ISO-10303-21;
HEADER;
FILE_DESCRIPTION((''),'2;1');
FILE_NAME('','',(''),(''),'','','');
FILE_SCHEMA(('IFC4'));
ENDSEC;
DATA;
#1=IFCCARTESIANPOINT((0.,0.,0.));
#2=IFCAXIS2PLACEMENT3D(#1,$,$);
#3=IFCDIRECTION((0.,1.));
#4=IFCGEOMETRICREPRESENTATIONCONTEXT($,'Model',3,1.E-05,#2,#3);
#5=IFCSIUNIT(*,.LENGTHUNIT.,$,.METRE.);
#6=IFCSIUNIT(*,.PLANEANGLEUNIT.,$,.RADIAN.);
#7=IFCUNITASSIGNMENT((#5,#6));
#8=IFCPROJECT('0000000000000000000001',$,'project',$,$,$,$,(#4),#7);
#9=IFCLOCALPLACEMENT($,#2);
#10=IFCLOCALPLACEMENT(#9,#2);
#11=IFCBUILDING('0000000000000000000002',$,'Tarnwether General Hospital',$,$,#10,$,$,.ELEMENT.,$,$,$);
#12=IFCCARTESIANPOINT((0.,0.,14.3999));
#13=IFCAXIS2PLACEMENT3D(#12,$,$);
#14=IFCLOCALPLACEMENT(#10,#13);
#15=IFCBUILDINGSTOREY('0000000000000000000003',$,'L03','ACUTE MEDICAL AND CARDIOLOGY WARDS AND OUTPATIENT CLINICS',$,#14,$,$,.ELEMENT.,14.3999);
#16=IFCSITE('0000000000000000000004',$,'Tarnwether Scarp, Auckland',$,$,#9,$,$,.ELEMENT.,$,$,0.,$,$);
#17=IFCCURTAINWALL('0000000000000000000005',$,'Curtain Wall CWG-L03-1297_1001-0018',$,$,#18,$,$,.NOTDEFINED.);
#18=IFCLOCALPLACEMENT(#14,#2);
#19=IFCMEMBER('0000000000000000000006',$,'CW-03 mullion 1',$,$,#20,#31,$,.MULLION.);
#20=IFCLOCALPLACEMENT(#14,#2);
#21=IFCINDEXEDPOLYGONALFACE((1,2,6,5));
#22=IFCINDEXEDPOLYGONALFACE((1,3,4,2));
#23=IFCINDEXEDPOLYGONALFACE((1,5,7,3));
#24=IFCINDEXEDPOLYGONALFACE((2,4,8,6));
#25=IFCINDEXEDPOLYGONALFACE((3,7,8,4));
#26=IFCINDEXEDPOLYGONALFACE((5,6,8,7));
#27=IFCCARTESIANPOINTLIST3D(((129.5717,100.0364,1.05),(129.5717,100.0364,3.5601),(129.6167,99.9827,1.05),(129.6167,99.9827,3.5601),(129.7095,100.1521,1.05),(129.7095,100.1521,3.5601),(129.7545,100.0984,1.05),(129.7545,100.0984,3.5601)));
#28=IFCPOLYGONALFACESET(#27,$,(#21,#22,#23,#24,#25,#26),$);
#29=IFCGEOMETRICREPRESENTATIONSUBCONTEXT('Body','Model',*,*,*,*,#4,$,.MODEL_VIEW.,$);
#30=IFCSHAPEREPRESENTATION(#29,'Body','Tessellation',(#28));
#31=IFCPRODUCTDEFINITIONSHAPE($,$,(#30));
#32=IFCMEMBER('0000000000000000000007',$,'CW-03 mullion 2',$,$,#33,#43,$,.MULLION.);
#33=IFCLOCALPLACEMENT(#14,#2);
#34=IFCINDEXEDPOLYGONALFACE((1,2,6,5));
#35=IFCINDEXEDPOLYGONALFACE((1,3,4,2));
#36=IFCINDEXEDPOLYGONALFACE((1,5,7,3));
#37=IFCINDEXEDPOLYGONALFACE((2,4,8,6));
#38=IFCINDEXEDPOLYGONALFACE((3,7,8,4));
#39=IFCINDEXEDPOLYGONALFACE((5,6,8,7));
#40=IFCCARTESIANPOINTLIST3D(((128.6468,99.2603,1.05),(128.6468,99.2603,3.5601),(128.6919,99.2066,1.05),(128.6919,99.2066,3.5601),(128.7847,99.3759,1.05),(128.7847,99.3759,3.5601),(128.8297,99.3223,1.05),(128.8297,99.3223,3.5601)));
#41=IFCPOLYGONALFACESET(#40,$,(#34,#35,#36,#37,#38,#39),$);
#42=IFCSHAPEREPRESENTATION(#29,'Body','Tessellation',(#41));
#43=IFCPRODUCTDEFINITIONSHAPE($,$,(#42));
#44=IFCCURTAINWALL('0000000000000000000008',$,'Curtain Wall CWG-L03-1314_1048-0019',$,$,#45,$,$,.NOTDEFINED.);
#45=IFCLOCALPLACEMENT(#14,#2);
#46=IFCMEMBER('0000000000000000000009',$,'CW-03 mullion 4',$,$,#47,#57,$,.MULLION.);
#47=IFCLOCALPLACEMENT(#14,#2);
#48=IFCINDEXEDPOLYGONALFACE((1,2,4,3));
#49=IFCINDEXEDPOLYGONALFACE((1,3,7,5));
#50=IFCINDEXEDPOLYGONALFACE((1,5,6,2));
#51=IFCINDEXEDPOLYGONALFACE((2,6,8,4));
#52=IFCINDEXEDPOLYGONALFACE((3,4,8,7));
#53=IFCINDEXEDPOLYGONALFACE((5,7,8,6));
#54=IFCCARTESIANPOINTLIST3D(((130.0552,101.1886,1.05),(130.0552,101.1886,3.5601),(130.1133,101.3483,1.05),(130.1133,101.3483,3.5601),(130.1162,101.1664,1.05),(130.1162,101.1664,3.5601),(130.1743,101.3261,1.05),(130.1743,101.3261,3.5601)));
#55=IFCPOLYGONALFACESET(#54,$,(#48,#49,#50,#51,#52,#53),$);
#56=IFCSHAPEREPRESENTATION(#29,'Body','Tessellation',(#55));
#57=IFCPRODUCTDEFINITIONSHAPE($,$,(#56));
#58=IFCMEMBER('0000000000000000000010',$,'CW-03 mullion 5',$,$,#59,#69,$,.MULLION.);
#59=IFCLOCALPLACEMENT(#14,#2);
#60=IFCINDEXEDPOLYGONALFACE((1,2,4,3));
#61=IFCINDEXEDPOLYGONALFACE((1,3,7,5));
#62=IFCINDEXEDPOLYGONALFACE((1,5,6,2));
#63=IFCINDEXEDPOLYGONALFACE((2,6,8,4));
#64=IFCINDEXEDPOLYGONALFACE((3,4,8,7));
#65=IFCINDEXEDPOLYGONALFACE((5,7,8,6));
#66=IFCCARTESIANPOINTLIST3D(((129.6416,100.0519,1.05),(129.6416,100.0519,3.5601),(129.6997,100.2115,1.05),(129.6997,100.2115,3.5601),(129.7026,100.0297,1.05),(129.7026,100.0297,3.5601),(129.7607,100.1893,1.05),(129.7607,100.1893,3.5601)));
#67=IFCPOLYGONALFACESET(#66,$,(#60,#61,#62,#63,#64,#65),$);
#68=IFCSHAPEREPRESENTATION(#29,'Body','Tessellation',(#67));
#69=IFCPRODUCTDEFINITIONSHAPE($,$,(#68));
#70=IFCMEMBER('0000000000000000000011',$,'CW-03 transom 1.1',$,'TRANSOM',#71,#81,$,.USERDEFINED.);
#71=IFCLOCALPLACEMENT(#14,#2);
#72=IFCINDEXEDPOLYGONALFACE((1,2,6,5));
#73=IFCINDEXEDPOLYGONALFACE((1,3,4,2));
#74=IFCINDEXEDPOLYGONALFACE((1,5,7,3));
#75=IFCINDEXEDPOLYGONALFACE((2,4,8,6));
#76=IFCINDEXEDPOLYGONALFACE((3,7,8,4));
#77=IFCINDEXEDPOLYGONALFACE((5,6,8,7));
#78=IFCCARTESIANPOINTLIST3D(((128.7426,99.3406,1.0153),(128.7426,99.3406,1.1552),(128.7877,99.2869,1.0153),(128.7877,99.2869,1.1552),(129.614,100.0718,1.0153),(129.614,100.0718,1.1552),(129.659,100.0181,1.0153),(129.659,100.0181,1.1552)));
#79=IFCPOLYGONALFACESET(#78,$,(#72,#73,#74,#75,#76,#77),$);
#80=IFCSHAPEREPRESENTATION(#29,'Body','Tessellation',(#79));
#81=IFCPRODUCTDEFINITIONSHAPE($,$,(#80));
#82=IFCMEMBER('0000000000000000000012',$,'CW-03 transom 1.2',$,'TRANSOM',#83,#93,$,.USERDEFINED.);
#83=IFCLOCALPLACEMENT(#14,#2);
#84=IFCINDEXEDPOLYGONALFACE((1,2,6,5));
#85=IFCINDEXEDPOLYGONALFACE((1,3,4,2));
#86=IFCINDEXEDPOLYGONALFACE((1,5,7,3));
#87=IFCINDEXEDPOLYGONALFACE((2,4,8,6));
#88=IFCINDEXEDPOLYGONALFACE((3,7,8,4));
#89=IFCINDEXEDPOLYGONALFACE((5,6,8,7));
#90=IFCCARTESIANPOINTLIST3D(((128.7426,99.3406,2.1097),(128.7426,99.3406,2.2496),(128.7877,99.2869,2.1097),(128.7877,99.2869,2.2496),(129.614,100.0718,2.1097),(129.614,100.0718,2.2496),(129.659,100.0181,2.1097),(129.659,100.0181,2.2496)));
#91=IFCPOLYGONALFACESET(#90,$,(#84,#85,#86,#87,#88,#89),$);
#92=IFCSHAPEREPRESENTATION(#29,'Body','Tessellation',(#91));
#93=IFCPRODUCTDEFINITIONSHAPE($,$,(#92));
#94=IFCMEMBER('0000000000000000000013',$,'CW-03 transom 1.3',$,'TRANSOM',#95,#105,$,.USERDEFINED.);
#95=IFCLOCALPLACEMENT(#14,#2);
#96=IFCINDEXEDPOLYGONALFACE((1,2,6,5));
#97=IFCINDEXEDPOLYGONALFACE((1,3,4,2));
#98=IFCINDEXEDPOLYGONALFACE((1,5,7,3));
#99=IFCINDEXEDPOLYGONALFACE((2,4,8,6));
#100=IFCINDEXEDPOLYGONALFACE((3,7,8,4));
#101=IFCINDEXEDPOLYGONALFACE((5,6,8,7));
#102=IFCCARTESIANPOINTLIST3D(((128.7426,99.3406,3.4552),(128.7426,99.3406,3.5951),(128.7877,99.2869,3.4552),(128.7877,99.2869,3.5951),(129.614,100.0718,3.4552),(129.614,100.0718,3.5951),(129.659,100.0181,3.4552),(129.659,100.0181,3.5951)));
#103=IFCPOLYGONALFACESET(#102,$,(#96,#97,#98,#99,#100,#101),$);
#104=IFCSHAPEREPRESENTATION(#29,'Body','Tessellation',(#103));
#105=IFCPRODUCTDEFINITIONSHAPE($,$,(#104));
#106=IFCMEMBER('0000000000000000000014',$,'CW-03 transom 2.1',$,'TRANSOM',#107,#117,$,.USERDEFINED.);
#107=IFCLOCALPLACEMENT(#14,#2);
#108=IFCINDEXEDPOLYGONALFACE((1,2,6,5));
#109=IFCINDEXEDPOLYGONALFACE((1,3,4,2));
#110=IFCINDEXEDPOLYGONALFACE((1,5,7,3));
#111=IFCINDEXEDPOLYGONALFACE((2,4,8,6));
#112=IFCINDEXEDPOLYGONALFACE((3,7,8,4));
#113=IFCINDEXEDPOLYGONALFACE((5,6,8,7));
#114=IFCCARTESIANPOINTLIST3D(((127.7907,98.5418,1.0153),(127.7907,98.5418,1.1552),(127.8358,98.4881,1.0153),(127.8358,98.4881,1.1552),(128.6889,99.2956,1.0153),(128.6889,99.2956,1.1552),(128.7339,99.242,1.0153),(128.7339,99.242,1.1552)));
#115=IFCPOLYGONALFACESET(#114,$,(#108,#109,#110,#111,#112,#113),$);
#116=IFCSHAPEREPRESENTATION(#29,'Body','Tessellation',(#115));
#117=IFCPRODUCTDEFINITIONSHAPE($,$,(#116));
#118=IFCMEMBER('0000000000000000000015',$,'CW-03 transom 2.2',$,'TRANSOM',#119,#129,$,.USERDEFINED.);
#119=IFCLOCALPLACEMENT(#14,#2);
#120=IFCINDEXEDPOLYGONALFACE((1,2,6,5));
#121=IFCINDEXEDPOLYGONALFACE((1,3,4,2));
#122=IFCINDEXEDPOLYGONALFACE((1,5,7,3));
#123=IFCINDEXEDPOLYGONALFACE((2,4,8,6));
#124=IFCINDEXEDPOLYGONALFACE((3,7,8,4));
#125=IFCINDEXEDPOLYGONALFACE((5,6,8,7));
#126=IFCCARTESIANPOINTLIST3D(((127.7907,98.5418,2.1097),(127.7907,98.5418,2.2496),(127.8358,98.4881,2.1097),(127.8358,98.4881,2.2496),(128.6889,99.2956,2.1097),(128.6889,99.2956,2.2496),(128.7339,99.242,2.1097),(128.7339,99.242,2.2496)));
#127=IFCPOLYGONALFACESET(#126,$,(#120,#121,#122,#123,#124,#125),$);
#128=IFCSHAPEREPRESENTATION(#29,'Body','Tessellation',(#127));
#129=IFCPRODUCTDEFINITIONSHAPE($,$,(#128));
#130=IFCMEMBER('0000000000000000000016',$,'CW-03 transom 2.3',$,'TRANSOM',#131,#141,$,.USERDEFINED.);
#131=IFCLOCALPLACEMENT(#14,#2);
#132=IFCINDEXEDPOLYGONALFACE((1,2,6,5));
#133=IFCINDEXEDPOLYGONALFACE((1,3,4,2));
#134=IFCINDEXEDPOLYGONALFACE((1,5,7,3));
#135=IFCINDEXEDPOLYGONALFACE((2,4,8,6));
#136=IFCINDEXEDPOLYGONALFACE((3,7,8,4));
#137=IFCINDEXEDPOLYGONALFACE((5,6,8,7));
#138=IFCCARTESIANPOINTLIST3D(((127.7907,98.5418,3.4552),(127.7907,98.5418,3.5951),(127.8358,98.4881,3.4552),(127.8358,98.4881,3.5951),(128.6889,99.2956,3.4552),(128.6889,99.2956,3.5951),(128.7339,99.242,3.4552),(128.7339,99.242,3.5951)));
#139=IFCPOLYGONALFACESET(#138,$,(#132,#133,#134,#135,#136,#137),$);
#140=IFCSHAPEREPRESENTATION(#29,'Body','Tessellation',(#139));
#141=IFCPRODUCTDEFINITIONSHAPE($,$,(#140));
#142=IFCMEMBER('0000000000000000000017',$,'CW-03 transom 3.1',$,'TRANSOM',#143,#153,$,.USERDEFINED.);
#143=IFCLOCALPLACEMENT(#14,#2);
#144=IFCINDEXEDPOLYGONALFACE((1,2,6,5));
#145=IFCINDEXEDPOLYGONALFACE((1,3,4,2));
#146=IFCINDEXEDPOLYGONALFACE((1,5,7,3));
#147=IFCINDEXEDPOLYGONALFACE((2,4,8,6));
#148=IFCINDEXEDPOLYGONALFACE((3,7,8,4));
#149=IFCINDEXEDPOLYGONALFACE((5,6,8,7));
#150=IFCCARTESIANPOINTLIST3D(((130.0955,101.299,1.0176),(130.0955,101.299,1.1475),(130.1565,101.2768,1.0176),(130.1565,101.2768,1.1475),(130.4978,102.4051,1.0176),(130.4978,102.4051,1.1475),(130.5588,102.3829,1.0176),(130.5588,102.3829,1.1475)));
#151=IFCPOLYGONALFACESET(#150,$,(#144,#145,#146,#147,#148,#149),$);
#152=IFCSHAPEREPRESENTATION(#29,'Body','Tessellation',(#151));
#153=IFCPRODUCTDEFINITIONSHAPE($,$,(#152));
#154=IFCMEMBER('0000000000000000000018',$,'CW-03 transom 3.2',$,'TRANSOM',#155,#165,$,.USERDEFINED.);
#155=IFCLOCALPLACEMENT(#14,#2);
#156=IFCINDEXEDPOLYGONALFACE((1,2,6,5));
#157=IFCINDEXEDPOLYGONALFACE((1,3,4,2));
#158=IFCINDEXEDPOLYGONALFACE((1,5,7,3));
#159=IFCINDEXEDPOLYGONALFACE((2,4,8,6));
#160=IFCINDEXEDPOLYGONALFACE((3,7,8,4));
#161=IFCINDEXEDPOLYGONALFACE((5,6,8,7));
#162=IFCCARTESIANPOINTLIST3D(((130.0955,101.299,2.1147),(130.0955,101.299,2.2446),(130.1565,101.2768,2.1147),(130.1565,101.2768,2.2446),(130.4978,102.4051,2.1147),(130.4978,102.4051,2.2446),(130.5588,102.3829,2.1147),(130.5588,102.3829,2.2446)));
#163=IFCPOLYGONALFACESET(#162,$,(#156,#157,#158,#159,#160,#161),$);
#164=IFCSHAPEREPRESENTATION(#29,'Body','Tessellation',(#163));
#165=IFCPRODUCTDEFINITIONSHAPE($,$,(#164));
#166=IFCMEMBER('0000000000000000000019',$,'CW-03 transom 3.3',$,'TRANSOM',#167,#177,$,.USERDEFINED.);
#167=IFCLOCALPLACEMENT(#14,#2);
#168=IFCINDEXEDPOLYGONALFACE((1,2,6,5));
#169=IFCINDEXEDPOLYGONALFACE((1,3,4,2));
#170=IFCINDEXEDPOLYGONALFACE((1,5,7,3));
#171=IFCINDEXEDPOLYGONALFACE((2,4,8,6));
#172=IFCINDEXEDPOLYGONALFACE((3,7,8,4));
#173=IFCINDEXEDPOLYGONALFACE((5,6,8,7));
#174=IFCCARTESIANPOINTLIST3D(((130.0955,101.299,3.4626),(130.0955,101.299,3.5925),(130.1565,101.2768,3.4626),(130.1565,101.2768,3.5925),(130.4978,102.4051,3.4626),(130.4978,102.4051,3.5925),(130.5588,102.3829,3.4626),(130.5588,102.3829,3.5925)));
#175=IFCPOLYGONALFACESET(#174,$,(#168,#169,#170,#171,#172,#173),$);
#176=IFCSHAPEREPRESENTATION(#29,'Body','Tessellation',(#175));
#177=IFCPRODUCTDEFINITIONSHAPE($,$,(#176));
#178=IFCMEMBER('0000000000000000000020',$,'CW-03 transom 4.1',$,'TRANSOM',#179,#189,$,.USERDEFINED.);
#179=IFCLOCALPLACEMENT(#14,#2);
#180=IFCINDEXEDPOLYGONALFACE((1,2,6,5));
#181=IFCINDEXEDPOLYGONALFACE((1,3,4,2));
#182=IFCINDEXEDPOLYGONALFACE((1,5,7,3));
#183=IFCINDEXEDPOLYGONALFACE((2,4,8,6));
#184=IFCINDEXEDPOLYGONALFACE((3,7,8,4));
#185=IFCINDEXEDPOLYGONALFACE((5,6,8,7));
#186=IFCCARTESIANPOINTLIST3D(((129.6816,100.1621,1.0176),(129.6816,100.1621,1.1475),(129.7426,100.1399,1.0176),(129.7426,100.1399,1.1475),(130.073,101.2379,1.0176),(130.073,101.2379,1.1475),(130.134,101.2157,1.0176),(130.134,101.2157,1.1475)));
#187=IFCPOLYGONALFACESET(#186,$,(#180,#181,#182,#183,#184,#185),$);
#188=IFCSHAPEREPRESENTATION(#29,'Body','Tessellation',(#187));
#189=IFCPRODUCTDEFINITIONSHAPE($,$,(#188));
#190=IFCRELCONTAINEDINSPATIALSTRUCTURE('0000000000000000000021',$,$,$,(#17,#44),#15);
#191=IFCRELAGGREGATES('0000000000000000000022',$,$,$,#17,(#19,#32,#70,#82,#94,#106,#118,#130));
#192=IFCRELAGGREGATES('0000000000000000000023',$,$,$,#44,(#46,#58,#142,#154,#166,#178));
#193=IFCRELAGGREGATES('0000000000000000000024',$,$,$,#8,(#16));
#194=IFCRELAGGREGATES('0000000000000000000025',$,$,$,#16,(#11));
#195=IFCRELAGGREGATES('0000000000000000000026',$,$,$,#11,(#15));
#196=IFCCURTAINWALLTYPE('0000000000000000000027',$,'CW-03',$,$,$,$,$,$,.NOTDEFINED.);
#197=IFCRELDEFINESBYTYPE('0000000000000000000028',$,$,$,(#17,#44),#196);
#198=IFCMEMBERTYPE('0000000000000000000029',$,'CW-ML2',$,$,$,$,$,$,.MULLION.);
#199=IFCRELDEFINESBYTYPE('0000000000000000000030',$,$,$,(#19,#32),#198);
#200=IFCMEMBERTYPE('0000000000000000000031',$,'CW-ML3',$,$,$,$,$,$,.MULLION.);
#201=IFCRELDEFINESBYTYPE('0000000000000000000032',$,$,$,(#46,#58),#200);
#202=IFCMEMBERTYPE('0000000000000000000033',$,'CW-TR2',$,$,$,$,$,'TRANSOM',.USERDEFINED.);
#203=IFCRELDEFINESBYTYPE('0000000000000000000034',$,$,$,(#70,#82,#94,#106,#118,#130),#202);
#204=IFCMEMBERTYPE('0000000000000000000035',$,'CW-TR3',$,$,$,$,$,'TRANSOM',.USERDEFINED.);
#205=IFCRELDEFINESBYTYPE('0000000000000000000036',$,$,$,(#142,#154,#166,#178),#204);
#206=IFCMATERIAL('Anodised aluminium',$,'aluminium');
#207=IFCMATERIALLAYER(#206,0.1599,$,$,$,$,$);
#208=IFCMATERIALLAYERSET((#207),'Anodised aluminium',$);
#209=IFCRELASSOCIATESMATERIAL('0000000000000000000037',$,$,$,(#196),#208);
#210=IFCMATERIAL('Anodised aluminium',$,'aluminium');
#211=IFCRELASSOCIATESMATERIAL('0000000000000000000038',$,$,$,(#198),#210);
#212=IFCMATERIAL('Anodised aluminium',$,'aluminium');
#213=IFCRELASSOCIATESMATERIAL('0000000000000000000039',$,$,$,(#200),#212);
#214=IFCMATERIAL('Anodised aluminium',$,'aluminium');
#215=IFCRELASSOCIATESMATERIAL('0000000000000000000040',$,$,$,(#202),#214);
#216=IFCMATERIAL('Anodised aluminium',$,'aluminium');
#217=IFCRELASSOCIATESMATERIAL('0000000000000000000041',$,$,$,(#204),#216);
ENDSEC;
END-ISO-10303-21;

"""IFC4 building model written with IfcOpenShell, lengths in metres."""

from ifc_helpers import new_model, si_unit, direction, frame, origin, origin_2d, place, context, subcontext, project, spatial, rectangle, extrude, material, layer, layer_set, material_profile, profile_set, type_object, element, aggregate, save


model = new_model("IFC4")

# Units and contexts
model_context = context("Model", 3, precision=1e-05, world=origin(), true_north=direction((0.0, 1.0)))
body_context = subcontext(model_context, "Body", "Model", "MODEL_VIEW")
ifc_project = project(units=[si_unit("LENGTHUNIT", "METRE"), si_unit("PLANEANGLEUNIT", "RADIAN")], contexts=[model_context])

# Site, building, storey
site_placement = place(None, origin())
site = spatial("IfcSite", under=ifc_project, at=site_placement, Name="Tarnwether Scarp, Auckland", CompositionType="ELEMENT", RefElevation=0.0)
building_placement = place(site_placement, origin())
building = spatial("IfcBuilding", under=site, at=building_placement, Name="Tarnwether General Hospital", CompositionType="ELEMENT")
storey_placement = place(building_placement, frame((0.0, 0.0, 14.3999)))
storey = spatial("IfcBuildingStorey", under=building, at=storey_placement, Name="L03", Description="ACUTE MEDICAL AND CARDIOLOGY WARDS AND OUTPATIENT CLINICS", CompositionType="ELEMENT", Elevation=14.3999)

# Curtain walls, members
ifc_material_1 = material(Name="Anodised aluminium", Category="aluminium")
ifc_layer_1 = layer(ifc_material_1, 0.1599)
ifc_layer_set_1 = layer_set([ifc_layer_1], Name="Anodised aluminium")
curtain_wall_type = type_object("IfcCurtainWallType", Name="CW-03", PredefinedType="NOTDEFINED", material=ifc_layer_set_1)
curtain_wall_1_placement = place(storey_placement, origin())
curtain_wall_1 = element("IfcCurtainWall", 1, at=curtain_wall_1_placement, inside=storey, type_object=curtain_wall_type, Name="Curtain Wall CWG-L03-1297_1001-0018", PredefinedType="NOTDEFINED")
ifc_material_2 = material(Name="Anodised aluminium", Category="aluminium")
ifc_material_profile_1 = material_profile(ifc_material_2, rectangle(XDim=0.0701, YDim=0.1799, at=origin_2d()), Name="ALU-MUL-70x180")
ifc_profile_set_1 = profile_set([ifc_material_profile_1], Name="Anodised aluminium")
member_type_1 = type_object("IfcMemberType", Name="CW-ML2", PredefinedType="MULLION", material=ifc_profile_set_1)
member_1_placement = place(storey_placement, frame((129.6631, 100.0674, 1.05), z_axis=(0.0, 0.0, 1.0), x_axis=(0.642852, -0.76599, 0.0)))
member_1 = element("IfcMember", 2, at=member_1_placement, type_object=member_type_1, Name="CW-03 mullion 1", PredefinedType="MULLION", context=body_context, shape_type="SweptSolid", body=[
    extrude(rectangle(XDim=0.0701, YDim=0.1799, at=origin_2d()), origin(), (0.0, 0.0, 1.0), 2.51),
])
member_2_placement = place(storey_placement, frame((128.7383, 99.2913, 1.05), z_axis=(0.0, 0.0, 1.0), x_axis=(0.642852, -0.76599, 0.0)))
member_2 = element("IfcMember", 3, at=member_2_placement, type_object=member_type_1, Name="CW-03 mullion 2", PredefinedType="MULLION", context=body_context, shape_type="SweptSolid", body=[
    extrude(rectangle(XDim=0.0701, YDim=0.1799, at=origin_2d()), origin(), (0.0, 0.0, 1.0), 2.51),
])
curtain_wall_2_placement = place(storey_placement, origin())
curtain_wall_2 = element("IfcCurtainWall", 4, at=curtain_wall_2_placement, inside=storey, type_object=curtain_wall_type, Name="Curtain Wall CWG-L03-1314_1048-0019", PredefinedType="NOTDEFINED")
ifc_material_3 = material(Name="Anodised aluminium", Category="aluminium")
ifc_material_profile_2 = material_profile(ifc_material_3, rectangle(XDim=0.0649, YDim=0.1699, at=origin_2d()), Name="ALU-MUL-65x170")
ifc_profile_set_2 = profile_set([ifc_material_profile_2], Name="Anodised aluminium")
member_type_2 = type_object("IfcMemberType", Name="CW-ML3", PredefinedType="MULLION", material=ifc_profile_set_2)
member_3_placement = place(storey_placement, frame((130.1147, 101.2573, 1.05), z_axis=(0.0, 0.0, 1.0), x_axis=(0.939717, -0.341953, 0.0)))
member_3 = element("IfcMember", 5, at=member_3_placement, type_object=member_type_2, Name="CW-03 mullion 4", PredefinedType="MULLION", context=body_context, shape_type="SweptSolid", body=[
    extrude(rectangle(XDim=0.0649, YDim=0.1699, at=origin_2d()), origin(), (0.0, 0.0, 1.0), 2.51),
])
member_4_placement = place(storey_placement, frame((129.7012, 100.1206, 1.05), z_axis=(0.0, 0.0, 1.0), x_axis=(0.939717, -0.341953, 0.0)))
member_4 = element("IfcMember", 6, at=member_4_placement, type_object=member_type_2, Name="CW-03 mullion 5", PredefinedType="MULLION", context=body_context, shape_type="SweptSolid", body=[
    extrude(rectangle(XDim=0.0649, YDim=0.1699, at=origin_2d()), origin(), (0.0, 0.0, 1.0), 2.51),
])

# Members
ifc_material_4 = material(Name="Anodised aluminium", Category="aluminium")
ifc_material_profile_3 = material_profile(ifc_material_4, rectangle(XDim=0.0701, YDim=0.1399, at=origin_2d()), Name="ALU-TRN-70x140")
ifc_profile_set_3 = profile_set([ifc_material_profile_3], Name="Anodised aluminium")
member_type_3 = type_object("IfcMemberType", Name="CW-TR2", ElementType="TRANSOM", PredefinedType="USERDEFINED", material=ifc_profile_set_3)
member_5_placement = place(storey_placement, frame((129.6365, 100.0449, 1.0852), z_axis=(-0.766018, -0.64282, 0.0), x_axis=(0.64282, -0.766018, 0.0)))
member_5 = element("IfcMember", 7, at=member_5_placement, type_object=member_type_3, Name="CW-03 transom 1.1", ObjectType="TRANSOM", PredefinedType="USERDEFINED", context=body_context, shape_type="SweptSolid", body=[
    extrude(rectangle(XDim=0.0701, YDim=0.1399, at=origin_2d()), origin(), (0.0, 0.0, 1.0), 1.1375),
])
member_6_placement = place(storey_placement, frame((129.6365, 100.0449, 2.1797), z_axis=(-0.766018, -0.64282, 0.0), x_axis=(0.64282, -0.766018, 0.0)))
member_6 = element("IfcMember", 8, at=member_6_placement, type_object=member_type_3, Name="CW-03 transom 1.2", ObjectType="TRANSOM", PredefinedType="USERDEFINED", context=body_context, shape_type="SweptSolid", body=[
    extrude(rectangle(XDim=0.0701, YDim=0.1399, at=origin_2d()), origin(), (0.0, 0.0, 1.0), 1.1375),
])
member_7_placement = place(storey_placement, frame((129.6365, 100.0449, 3.5251), z_axis=(-0.766018, -0.64282, 0.0), x_axis=(0.64282, -0.766018, 0.0)))
member_7 = element("IfcMember", 9, at=member_7_placement, type_object=member_type_3, Name="CW-03 transom 1.3", ObjectType="TRANSOM", PredefinedType="USERDEFINED", context=body_context, shape_type="SweptSolid", body=[
    extrude(rectangle(XDim=0.0701, YDim=0.1399, at=origin_2d()), origin(), (0.0, 0.0, 1.0), 1.1375),
])
member_8_placement = place(storey_placement, frame((128.7114, 99.2688, 1.0852), z_axis=(-0.765947, -0.642904, 0.0), x_axis=(0.642904, -0.765947, 0.0)))
member_8 = element("IfcMember", 10, at=member_8_placement, type_object=member_type_3, Name="CW-03 transom 2.1", ObjectType="TRANSOM", PredefinedType="USERDEFINED", context=body_context, shape_type="SweptSolid", body=[
    extrude(rectangle(XDim=0.0701, YDim=0.1399, at=origin_2d()), origin(), (0.0, 0.0, 1.0), 1.1726),
])
member_9_placement = place(storey_placement, frame((128.7114, 99.2688, 2.1797), z_axis=(-0.765947, -0.642904, 0.0), x_axis=(0.642904, -0.765947, 0.0)))
member_9 = element("IfcMember", 11, at=member_9_placement, type_object=member_type_3, Name="CW-03 transom 2.2", ObjectType="TRANSOM", PredefinedType="USERDEFINED", context=body_context, shape_type="SweptSolid", body=[
    extrude(rectangle(XDim=0.0701, YDim=0.1399, at=origin_2d()), origin(), (0.0, 0.0, 1.0), 1.1726),
])
member_10_placement = place(storey_placement, frame((128.7114, 99.2688, 3.5251), z_axis=(-0.765947, -0.642904, 0.0), x_axis=(0.642904, -0.765947, 0.0)))
member_10 = element("IfcMember", 12, at=member_10_placement, type_object=member_type_3, Name="CW-03 transom 2.3", ObjectType="TRANSOM", PredefinedType="USERDEFINED", context=body_context, shape_type="SweptSolid", body=[
    extrude(rectangle(XDim=0.0701, YDim=0.1399, at=origin_2d()), origin(), (0.0, 0.0, 1.0), 1.1726),
])
ifc_material_5 = material(Name="Anodised aluminium", Category="aluminium")
ifc_material_profile_4 = material_profile(ifc_material_5, rectangle(XDim=0.0649, YDim=0.1299, at=origin_2d()), Name="ALU-TRN-65x130")
ifc_profile_set_4 = profile_set([ifc_material_profile_4], Name="Anodised aluminium")
member_type_4 = type_object("IfcMemberType", Name="CW-TR3", ElementType="TRANSOM", PredefinedType="USERDEFINED", material=ifc_profile_set_4)
member_11_placement = place(storey_placement, frame((130.5283, 102.394, 1.0825), z_axis=(-0.34181, -0.939769, 0.0), x_axis=(0.939769, -0.34181, 0.0)))
member_11 = element("IfcMember", 13, at=member_11_placement, type_object=member_type_4, Name="CW-03 transom 3.1", ObjectType="TRANSOM", PredefinedType="USERDEFINED", context=body_context, shape_type="SweptSolid", body=[
    extrude(rectangle(XDim=0.0649, YDim=0.1299, at=origin_2d()), origin(), (0.0, 0.0, 1.0), 1.177),
])
member_12_placement = place(storey_placement, frame((130.5283, 102.394, 2.1797), z_axis=(-0.34181, -0.939769, 0.0), x_axis=(0.939769, -0.34181, 0.0)))
member_12 = element("IfcMember", 14, at=member_12_placement, type_object=member_type_4, Name="CW-03 transom 3.2", ObjectType="TRANSOM", PredefinedType="USERDEFINED", context=body_context, shape_type="SweptSolid", body=[
    extrude(rectangle(XDim=0.0649, YDim=0.1299, at=origin_2d()), origin(), (0.0, 0.0, 1.0), 1.177),
])
member_13_placement = place(storey_placement, frame((130.5283, 102.394, 3.5276), z_axis=(-0.34181, -0.939769, 0.0), x_axis=(0.939769, -0.34181, 0.0)))
member_13 = element("IfcMember", 15, at=member_13_placement, type_object=member_type_4, Name="CW-03 transom 3.3", ObjectType="TRANSOM", PredefinedType="USERDEFINED", context=body_context, shape_type="SweptSolid", body=[
    extrude(rectangle(XDim=0.0649, YDim=0.1299, at=origin_2d()), origin(), (0.0, 0.0, 1.0), 1.177),
])
member_14_placement = place(storey_placement, frame((130.1035, 101.2268, 1.0825), z_axis=(-0.341897, -0.939737, 0.0), x_axis=(0.939737, -0.341897, 0.0)))
member_14 = element("IfcMember", 16, at=member_14_placement, type_object=member_type_4, Name="CW-03 transom 4.1", ObjectType="TRANSOM", PredefinedType="USERDEFINED", context=body_context, shape_type="SweptSolid", body=[
    extrude(rectangle(XDim=0.0649, YDim=0.1299, at=origin_2d()), origin(), (0.0, 0.0, 1.0), 1.1448),
])

aggregate(curtain_wall_1, [member_1, member_2, member_5, member_6, member_7, member_8, member_9, member_10])
aggregate(curtain_wall_2, [member_3, member_4, member_11, member_12, member_13, member_14])

save(model, "model.ifc")
